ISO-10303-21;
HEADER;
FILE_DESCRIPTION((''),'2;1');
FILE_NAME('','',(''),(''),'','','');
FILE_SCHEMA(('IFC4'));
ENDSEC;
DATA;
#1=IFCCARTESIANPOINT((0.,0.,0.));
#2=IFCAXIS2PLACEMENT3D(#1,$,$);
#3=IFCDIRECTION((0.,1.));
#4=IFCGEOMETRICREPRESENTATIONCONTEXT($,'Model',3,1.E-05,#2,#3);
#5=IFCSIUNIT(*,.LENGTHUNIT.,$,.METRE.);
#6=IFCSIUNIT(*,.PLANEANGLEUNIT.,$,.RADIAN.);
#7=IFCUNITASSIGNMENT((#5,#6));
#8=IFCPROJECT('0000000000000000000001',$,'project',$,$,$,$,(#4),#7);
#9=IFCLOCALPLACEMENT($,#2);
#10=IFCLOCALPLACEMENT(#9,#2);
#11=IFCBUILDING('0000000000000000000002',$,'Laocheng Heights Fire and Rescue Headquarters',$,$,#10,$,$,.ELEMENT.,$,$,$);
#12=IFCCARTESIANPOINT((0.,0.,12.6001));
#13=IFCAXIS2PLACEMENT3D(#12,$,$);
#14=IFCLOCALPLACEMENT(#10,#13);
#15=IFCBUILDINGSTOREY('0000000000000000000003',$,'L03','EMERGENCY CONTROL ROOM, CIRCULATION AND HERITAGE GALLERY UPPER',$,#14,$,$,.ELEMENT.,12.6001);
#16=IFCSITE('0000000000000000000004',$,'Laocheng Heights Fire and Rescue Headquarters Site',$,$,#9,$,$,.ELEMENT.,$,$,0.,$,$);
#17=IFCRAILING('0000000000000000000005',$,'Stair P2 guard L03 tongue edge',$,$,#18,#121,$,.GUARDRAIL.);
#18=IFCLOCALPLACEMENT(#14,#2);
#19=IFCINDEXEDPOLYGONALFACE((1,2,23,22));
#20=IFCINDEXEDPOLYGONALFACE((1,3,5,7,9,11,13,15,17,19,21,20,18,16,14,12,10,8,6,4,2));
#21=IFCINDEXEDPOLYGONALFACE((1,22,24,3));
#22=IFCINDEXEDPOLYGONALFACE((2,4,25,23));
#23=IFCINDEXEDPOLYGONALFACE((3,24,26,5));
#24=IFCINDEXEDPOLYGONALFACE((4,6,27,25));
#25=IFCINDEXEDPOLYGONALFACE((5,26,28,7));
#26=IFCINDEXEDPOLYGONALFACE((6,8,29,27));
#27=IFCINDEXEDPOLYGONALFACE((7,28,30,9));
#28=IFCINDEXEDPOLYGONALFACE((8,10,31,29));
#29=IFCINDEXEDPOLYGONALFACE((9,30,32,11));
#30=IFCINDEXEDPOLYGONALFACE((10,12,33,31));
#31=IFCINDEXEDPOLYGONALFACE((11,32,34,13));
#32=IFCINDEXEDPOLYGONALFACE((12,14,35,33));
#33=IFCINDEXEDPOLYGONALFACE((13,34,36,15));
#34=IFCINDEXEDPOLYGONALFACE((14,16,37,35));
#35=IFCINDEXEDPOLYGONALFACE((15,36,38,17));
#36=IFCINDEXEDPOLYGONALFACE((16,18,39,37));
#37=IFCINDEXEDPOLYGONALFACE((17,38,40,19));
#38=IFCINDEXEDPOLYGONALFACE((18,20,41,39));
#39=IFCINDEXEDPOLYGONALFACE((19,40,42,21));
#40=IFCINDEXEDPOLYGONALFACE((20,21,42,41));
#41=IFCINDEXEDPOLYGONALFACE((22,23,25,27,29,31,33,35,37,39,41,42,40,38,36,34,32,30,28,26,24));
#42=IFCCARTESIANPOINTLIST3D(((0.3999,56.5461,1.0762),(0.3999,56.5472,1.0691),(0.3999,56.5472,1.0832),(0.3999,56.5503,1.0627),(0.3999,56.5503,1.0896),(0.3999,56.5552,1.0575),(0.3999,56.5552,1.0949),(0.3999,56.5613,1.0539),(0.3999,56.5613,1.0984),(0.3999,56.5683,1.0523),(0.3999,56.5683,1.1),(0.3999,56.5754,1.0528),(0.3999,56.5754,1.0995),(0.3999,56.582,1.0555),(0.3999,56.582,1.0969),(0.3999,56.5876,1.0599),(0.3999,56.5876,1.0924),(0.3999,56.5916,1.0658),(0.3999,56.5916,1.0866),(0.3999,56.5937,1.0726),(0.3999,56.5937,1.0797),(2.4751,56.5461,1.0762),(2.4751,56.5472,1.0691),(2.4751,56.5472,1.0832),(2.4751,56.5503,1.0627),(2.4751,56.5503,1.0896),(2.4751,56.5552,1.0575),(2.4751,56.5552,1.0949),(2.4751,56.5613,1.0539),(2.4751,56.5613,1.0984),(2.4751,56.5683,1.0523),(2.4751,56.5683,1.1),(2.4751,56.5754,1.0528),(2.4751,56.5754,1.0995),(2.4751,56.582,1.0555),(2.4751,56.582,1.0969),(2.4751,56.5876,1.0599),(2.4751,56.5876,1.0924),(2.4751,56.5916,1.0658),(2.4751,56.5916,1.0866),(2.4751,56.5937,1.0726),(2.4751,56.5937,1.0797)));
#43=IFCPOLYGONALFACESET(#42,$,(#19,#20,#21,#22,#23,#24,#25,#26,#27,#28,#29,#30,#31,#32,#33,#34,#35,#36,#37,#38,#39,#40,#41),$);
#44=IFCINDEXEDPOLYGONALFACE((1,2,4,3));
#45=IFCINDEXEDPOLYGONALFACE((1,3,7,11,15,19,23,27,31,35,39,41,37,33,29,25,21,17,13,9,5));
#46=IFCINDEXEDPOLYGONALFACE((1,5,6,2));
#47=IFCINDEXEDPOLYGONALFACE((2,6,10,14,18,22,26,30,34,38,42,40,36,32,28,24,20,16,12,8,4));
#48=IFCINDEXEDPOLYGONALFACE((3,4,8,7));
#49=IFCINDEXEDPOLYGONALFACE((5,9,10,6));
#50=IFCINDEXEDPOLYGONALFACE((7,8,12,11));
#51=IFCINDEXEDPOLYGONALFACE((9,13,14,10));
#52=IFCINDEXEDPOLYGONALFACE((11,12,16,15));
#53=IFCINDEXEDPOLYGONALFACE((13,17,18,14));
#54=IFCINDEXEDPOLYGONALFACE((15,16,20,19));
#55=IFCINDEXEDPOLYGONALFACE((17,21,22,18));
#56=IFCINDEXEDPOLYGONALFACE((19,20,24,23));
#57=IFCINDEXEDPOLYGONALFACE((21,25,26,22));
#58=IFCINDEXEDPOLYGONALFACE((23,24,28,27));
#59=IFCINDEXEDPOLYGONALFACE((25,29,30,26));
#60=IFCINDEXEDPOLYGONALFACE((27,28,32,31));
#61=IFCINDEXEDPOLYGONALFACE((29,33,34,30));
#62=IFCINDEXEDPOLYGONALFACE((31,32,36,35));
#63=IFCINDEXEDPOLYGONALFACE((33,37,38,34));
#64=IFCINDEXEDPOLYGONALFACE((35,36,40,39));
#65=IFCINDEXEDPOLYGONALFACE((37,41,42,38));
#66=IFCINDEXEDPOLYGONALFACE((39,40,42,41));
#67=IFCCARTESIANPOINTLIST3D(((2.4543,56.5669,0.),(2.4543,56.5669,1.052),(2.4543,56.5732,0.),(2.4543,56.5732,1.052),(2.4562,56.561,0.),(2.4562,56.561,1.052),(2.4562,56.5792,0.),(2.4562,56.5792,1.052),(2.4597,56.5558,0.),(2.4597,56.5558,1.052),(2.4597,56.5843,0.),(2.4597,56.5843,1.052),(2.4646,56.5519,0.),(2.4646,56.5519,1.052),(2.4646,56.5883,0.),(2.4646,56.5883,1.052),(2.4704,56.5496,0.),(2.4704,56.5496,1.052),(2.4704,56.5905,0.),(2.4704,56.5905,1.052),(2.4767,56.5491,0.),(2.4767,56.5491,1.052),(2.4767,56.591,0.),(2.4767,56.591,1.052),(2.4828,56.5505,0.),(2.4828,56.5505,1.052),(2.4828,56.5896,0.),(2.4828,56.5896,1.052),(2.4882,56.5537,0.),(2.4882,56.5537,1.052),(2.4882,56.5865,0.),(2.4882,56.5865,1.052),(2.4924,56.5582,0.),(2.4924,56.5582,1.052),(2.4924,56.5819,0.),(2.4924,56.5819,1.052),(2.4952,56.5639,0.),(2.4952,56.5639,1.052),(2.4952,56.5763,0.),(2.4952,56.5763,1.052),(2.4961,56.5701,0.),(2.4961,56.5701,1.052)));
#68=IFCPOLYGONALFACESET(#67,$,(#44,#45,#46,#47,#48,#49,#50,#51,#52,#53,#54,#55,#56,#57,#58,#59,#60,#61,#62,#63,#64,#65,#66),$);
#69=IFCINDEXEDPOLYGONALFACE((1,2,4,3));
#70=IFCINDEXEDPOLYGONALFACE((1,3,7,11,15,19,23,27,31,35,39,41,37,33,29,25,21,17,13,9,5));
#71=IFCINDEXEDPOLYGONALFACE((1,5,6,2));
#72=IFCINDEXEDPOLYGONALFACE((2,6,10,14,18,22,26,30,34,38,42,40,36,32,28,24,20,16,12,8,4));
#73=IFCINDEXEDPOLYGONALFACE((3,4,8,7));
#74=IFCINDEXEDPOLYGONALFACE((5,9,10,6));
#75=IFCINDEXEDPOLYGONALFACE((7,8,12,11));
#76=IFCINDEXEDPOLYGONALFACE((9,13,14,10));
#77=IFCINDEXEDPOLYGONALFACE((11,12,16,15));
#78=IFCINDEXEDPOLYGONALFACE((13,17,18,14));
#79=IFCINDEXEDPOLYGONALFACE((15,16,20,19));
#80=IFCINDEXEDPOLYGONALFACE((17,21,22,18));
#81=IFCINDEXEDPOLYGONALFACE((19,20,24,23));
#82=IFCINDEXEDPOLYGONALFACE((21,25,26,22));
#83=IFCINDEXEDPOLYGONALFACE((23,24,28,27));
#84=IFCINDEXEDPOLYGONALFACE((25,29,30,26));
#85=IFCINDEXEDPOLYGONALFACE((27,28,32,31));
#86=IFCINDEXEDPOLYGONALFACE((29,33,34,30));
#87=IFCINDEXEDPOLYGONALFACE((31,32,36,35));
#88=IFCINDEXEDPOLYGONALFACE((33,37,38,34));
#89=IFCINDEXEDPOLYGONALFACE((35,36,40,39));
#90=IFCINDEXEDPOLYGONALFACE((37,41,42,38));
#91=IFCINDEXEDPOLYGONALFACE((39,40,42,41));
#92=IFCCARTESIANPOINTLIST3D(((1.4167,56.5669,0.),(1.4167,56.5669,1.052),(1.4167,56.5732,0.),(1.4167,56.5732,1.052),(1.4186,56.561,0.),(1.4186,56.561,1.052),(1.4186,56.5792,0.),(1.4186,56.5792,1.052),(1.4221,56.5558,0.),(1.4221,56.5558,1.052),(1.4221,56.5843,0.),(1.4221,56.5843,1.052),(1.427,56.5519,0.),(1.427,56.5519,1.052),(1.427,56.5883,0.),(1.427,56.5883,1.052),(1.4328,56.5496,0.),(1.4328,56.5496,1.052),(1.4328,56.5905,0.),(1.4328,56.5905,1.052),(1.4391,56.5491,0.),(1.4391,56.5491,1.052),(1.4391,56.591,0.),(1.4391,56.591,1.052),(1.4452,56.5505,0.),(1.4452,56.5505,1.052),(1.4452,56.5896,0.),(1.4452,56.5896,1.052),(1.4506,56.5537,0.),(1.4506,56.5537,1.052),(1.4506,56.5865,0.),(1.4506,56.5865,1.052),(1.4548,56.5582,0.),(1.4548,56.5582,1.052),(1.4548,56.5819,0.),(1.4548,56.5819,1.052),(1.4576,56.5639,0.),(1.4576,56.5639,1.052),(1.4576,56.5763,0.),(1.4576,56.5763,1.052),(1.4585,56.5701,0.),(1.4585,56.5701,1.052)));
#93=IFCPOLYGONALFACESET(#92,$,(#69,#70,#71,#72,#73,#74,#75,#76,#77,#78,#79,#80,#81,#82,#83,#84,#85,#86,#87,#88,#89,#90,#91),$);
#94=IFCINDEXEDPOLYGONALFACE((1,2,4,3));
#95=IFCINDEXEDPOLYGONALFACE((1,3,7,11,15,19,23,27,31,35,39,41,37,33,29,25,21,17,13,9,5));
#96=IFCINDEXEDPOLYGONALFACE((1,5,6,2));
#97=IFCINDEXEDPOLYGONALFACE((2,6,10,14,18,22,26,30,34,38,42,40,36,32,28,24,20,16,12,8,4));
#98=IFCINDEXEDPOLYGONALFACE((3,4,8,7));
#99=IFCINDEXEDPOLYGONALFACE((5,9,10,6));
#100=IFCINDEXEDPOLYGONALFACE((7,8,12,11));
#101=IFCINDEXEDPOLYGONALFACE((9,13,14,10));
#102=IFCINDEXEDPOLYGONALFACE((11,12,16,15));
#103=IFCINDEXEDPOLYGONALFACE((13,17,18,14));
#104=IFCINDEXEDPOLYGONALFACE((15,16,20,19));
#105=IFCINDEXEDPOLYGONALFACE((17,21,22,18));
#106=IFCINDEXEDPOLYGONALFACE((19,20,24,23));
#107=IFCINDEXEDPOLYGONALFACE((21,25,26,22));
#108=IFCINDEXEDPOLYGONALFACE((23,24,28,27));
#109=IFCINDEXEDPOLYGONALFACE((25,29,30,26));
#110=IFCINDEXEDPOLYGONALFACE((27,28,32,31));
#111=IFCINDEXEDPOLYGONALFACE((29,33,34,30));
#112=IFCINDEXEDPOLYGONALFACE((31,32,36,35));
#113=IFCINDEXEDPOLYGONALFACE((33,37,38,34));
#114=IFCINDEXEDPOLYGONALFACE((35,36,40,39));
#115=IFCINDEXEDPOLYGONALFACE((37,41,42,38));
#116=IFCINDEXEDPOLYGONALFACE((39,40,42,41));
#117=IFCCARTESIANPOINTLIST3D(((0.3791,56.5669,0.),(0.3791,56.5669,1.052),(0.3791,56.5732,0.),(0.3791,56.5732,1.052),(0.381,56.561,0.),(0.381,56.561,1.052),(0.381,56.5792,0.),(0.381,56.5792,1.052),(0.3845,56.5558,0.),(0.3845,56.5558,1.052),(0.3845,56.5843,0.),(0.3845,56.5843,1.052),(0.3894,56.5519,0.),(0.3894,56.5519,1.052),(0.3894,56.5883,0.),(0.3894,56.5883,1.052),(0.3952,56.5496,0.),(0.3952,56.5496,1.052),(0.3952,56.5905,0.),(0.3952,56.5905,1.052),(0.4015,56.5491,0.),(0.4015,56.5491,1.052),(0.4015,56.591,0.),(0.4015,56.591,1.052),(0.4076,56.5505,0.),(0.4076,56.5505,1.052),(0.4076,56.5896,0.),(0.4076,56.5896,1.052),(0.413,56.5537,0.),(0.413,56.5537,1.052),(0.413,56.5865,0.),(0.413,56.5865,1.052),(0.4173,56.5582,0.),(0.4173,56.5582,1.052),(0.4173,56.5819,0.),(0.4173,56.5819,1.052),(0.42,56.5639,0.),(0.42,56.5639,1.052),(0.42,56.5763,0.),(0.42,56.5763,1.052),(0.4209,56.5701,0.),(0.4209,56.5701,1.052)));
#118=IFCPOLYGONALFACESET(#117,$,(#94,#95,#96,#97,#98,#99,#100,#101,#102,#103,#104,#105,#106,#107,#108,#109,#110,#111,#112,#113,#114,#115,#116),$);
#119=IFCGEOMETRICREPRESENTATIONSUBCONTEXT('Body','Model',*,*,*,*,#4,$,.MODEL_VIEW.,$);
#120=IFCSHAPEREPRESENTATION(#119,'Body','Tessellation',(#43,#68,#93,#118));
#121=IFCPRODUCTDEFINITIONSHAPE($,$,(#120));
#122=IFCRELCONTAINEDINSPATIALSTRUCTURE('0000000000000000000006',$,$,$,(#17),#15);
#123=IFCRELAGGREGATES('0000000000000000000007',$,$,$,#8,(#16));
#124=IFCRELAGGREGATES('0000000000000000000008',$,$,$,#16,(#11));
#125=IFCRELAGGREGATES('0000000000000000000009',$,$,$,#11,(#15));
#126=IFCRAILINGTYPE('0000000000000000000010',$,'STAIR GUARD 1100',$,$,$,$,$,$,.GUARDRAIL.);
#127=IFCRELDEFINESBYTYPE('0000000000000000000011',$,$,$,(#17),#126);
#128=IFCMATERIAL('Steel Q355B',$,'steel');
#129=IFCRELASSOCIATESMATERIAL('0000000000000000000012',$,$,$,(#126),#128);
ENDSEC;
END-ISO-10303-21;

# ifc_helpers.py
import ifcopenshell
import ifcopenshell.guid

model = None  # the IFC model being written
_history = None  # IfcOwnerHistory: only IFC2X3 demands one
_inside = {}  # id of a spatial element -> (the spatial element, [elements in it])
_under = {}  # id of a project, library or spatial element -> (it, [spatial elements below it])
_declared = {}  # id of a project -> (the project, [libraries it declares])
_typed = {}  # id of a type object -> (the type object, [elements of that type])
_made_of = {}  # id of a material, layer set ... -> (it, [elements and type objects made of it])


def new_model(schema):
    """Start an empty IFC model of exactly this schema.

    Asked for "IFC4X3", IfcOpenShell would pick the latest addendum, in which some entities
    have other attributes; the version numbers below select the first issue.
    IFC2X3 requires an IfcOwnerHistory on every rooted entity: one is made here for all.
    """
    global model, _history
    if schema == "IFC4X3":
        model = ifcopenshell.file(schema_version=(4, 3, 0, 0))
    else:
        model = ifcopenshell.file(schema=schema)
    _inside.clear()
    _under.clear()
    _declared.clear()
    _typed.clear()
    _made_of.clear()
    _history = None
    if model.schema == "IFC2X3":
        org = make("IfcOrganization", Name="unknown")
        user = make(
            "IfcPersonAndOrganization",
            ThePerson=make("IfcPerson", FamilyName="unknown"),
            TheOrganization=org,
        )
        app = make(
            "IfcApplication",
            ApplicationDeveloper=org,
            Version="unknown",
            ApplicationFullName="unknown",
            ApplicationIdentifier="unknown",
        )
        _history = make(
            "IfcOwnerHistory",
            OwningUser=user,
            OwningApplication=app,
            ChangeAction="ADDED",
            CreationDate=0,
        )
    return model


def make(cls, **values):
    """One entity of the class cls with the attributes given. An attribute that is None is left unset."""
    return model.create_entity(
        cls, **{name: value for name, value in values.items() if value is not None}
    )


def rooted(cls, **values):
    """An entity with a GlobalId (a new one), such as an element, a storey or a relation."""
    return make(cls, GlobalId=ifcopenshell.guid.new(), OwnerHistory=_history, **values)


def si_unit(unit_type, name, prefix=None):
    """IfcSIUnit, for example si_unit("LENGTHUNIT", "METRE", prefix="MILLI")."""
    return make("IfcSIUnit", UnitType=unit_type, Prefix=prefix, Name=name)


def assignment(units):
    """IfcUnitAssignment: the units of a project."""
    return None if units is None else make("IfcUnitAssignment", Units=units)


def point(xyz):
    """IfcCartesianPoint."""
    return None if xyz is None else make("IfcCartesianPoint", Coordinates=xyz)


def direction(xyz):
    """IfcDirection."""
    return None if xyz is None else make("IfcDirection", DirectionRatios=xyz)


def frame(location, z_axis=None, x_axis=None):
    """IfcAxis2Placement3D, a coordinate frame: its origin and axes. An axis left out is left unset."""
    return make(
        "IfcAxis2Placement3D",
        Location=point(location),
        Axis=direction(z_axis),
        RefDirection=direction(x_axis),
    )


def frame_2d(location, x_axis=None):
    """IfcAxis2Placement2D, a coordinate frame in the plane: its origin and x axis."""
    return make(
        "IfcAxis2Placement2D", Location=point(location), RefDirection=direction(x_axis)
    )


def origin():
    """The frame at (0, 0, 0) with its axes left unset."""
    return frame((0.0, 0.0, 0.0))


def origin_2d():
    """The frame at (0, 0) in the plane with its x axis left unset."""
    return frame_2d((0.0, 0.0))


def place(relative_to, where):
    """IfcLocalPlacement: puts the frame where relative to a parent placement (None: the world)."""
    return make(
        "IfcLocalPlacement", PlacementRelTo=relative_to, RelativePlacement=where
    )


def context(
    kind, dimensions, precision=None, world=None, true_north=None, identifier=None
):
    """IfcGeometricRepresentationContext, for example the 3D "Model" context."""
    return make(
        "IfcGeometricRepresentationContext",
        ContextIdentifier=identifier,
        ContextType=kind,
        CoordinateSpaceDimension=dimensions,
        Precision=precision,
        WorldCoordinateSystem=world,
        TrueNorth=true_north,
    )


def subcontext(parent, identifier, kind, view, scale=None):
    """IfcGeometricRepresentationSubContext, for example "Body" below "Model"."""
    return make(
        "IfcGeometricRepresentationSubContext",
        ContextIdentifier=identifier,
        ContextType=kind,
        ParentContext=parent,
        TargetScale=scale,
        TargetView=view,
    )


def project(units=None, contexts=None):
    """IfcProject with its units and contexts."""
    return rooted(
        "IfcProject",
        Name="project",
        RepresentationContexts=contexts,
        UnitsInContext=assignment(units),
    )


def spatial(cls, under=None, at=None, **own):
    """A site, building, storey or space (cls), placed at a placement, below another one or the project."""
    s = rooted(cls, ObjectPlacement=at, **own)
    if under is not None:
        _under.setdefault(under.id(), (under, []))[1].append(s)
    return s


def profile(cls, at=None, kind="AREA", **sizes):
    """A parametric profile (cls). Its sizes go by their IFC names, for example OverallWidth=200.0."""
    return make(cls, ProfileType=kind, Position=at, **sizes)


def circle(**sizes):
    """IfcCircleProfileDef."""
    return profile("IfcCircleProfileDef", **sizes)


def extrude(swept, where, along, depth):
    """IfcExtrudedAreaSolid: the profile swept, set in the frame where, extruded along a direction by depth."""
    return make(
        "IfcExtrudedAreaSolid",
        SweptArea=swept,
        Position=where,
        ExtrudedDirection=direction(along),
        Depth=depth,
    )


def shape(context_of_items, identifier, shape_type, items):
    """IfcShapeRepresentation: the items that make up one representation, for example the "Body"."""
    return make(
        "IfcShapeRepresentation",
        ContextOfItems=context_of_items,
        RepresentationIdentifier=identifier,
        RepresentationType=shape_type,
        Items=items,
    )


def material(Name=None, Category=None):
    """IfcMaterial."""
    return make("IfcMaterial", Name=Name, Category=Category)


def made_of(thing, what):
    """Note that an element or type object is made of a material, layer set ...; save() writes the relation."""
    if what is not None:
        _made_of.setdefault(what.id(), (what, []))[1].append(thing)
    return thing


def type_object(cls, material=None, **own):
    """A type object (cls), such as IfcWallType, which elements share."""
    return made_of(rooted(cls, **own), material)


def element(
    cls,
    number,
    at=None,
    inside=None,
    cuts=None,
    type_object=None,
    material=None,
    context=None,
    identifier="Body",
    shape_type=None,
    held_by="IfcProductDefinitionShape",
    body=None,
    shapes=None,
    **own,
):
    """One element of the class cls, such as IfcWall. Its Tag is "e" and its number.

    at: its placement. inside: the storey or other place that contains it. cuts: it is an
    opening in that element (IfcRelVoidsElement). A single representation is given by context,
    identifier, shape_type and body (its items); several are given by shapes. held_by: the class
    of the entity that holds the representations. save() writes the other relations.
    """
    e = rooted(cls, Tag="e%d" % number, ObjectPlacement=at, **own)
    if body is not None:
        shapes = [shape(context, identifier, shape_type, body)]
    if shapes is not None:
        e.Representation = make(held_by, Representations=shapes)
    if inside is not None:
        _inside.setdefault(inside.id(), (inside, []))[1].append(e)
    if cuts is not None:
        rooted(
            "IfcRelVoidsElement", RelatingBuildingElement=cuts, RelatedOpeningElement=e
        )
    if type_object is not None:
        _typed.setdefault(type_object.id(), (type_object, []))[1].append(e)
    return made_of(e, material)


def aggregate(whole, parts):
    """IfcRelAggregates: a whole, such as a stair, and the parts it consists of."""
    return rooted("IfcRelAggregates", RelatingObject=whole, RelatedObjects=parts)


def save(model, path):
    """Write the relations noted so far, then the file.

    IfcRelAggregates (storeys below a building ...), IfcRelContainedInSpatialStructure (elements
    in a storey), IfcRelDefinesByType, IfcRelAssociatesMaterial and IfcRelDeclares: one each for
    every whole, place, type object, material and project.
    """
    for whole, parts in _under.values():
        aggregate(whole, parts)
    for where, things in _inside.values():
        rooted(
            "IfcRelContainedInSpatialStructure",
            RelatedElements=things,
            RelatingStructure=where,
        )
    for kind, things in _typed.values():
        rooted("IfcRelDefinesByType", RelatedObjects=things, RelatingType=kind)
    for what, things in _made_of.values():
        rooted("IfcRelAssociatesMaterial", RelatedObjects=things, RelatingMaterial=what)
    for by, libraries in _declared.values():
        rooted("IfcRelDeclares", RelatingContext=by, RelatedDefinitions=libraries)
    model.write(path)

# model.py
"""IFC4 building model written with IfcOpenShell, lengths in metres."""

from ifc_helpers import new_model, si_unit, direction, frame, origin, origin_2d, place, context, subcontext, project, spatial, circle, extrude, material, type_object, element, save


model = new_model("IFC4")

# Units and contexts
model_context = context("Model", 3, precision=1e-05, world=origin(), true_north=direction((0.0, 1.0)))
body_context = subcontext(model_context, "Body", "Model", "MODEL_VIEW")
ifc_project = project(units=[si_unit("LENGTHUNIT", "METRE"), si_unit("PLANEANGLEUNIT", "RADIAN")], contexts=[model_context])

# Site, building, storey
site_placement = place(None, origin())
site = spatial("IfcSite", under=ifc_project, at=site_placement, Name="Laocheng Heights Fire and Rescue Headquarters Site", CompositionType="ELEMENT", RefElevation=0.0)
building_placement = place(site_placement, origin())
building = spatial("IfcBuilding", under=site, at=building_placement, Name="Laocheng Heights Fire and Rescue Headquarters", CompositionType="ELEMENT")
storey_placement = place(building_placement, frame((0.0, 0.0, 12.6001)))
storey = spatial("IfcBuildingStorey", under=building, at=storey_placement, Name="L03", Description="EMERGENCY CONTROL ROOM, CIRCULATION AND HERITAGE GALLERY UPPER", CompositionType="ELEMENT", Elevation=12.6001)

# Railing
ifc_material_1 = material(Name="Steel Q355B", Category="steel")
railing_type_1 = type_object("IfcRailingType", Name="STAIR GUARD 1100", PredefinedType="GUARDRAIL", material=ifc_material_1)
railing_1_placement = place(storey_placement, frame((2.4751, 56.5701, 0.0)))
element("IfcRailing", 1, at=railing_1_placement, inside=storey, type_object=railing_type_1, Name="Stair P2 guard L03 tongue edge", PredefinedType="GUARDRAIL", context=body_context, shape_type="SweptSolid", body=[
    extrude(circle(Radius=0.0239, at=origin_2d()), frame((0.0, 0.0, 1.0762), z_axis=(-1.0, 0.0, 0.0), x_axis=(0.0, -1.0, 0.0)), (0.0, 0.0, 1.0), 2.0752),
    extrude(circle(Radius=0.021, at=origin_2d()), origin(), (0.0, 0.0, 1.0), 1.052),
    extrude(circle(Radius=0.021, at=origin_2d()), frame((-1.0376, 0.0, 0.0)), (0.0, 0.0, 1.0), 1.052),
    extrude(circle(Radius=0.021, at=origin_2d()), frame((-2.0752, 0.0, 0.0)), (0.0, 0.0, 1.0), 1.052),
])

save(model, "model.ifc")
